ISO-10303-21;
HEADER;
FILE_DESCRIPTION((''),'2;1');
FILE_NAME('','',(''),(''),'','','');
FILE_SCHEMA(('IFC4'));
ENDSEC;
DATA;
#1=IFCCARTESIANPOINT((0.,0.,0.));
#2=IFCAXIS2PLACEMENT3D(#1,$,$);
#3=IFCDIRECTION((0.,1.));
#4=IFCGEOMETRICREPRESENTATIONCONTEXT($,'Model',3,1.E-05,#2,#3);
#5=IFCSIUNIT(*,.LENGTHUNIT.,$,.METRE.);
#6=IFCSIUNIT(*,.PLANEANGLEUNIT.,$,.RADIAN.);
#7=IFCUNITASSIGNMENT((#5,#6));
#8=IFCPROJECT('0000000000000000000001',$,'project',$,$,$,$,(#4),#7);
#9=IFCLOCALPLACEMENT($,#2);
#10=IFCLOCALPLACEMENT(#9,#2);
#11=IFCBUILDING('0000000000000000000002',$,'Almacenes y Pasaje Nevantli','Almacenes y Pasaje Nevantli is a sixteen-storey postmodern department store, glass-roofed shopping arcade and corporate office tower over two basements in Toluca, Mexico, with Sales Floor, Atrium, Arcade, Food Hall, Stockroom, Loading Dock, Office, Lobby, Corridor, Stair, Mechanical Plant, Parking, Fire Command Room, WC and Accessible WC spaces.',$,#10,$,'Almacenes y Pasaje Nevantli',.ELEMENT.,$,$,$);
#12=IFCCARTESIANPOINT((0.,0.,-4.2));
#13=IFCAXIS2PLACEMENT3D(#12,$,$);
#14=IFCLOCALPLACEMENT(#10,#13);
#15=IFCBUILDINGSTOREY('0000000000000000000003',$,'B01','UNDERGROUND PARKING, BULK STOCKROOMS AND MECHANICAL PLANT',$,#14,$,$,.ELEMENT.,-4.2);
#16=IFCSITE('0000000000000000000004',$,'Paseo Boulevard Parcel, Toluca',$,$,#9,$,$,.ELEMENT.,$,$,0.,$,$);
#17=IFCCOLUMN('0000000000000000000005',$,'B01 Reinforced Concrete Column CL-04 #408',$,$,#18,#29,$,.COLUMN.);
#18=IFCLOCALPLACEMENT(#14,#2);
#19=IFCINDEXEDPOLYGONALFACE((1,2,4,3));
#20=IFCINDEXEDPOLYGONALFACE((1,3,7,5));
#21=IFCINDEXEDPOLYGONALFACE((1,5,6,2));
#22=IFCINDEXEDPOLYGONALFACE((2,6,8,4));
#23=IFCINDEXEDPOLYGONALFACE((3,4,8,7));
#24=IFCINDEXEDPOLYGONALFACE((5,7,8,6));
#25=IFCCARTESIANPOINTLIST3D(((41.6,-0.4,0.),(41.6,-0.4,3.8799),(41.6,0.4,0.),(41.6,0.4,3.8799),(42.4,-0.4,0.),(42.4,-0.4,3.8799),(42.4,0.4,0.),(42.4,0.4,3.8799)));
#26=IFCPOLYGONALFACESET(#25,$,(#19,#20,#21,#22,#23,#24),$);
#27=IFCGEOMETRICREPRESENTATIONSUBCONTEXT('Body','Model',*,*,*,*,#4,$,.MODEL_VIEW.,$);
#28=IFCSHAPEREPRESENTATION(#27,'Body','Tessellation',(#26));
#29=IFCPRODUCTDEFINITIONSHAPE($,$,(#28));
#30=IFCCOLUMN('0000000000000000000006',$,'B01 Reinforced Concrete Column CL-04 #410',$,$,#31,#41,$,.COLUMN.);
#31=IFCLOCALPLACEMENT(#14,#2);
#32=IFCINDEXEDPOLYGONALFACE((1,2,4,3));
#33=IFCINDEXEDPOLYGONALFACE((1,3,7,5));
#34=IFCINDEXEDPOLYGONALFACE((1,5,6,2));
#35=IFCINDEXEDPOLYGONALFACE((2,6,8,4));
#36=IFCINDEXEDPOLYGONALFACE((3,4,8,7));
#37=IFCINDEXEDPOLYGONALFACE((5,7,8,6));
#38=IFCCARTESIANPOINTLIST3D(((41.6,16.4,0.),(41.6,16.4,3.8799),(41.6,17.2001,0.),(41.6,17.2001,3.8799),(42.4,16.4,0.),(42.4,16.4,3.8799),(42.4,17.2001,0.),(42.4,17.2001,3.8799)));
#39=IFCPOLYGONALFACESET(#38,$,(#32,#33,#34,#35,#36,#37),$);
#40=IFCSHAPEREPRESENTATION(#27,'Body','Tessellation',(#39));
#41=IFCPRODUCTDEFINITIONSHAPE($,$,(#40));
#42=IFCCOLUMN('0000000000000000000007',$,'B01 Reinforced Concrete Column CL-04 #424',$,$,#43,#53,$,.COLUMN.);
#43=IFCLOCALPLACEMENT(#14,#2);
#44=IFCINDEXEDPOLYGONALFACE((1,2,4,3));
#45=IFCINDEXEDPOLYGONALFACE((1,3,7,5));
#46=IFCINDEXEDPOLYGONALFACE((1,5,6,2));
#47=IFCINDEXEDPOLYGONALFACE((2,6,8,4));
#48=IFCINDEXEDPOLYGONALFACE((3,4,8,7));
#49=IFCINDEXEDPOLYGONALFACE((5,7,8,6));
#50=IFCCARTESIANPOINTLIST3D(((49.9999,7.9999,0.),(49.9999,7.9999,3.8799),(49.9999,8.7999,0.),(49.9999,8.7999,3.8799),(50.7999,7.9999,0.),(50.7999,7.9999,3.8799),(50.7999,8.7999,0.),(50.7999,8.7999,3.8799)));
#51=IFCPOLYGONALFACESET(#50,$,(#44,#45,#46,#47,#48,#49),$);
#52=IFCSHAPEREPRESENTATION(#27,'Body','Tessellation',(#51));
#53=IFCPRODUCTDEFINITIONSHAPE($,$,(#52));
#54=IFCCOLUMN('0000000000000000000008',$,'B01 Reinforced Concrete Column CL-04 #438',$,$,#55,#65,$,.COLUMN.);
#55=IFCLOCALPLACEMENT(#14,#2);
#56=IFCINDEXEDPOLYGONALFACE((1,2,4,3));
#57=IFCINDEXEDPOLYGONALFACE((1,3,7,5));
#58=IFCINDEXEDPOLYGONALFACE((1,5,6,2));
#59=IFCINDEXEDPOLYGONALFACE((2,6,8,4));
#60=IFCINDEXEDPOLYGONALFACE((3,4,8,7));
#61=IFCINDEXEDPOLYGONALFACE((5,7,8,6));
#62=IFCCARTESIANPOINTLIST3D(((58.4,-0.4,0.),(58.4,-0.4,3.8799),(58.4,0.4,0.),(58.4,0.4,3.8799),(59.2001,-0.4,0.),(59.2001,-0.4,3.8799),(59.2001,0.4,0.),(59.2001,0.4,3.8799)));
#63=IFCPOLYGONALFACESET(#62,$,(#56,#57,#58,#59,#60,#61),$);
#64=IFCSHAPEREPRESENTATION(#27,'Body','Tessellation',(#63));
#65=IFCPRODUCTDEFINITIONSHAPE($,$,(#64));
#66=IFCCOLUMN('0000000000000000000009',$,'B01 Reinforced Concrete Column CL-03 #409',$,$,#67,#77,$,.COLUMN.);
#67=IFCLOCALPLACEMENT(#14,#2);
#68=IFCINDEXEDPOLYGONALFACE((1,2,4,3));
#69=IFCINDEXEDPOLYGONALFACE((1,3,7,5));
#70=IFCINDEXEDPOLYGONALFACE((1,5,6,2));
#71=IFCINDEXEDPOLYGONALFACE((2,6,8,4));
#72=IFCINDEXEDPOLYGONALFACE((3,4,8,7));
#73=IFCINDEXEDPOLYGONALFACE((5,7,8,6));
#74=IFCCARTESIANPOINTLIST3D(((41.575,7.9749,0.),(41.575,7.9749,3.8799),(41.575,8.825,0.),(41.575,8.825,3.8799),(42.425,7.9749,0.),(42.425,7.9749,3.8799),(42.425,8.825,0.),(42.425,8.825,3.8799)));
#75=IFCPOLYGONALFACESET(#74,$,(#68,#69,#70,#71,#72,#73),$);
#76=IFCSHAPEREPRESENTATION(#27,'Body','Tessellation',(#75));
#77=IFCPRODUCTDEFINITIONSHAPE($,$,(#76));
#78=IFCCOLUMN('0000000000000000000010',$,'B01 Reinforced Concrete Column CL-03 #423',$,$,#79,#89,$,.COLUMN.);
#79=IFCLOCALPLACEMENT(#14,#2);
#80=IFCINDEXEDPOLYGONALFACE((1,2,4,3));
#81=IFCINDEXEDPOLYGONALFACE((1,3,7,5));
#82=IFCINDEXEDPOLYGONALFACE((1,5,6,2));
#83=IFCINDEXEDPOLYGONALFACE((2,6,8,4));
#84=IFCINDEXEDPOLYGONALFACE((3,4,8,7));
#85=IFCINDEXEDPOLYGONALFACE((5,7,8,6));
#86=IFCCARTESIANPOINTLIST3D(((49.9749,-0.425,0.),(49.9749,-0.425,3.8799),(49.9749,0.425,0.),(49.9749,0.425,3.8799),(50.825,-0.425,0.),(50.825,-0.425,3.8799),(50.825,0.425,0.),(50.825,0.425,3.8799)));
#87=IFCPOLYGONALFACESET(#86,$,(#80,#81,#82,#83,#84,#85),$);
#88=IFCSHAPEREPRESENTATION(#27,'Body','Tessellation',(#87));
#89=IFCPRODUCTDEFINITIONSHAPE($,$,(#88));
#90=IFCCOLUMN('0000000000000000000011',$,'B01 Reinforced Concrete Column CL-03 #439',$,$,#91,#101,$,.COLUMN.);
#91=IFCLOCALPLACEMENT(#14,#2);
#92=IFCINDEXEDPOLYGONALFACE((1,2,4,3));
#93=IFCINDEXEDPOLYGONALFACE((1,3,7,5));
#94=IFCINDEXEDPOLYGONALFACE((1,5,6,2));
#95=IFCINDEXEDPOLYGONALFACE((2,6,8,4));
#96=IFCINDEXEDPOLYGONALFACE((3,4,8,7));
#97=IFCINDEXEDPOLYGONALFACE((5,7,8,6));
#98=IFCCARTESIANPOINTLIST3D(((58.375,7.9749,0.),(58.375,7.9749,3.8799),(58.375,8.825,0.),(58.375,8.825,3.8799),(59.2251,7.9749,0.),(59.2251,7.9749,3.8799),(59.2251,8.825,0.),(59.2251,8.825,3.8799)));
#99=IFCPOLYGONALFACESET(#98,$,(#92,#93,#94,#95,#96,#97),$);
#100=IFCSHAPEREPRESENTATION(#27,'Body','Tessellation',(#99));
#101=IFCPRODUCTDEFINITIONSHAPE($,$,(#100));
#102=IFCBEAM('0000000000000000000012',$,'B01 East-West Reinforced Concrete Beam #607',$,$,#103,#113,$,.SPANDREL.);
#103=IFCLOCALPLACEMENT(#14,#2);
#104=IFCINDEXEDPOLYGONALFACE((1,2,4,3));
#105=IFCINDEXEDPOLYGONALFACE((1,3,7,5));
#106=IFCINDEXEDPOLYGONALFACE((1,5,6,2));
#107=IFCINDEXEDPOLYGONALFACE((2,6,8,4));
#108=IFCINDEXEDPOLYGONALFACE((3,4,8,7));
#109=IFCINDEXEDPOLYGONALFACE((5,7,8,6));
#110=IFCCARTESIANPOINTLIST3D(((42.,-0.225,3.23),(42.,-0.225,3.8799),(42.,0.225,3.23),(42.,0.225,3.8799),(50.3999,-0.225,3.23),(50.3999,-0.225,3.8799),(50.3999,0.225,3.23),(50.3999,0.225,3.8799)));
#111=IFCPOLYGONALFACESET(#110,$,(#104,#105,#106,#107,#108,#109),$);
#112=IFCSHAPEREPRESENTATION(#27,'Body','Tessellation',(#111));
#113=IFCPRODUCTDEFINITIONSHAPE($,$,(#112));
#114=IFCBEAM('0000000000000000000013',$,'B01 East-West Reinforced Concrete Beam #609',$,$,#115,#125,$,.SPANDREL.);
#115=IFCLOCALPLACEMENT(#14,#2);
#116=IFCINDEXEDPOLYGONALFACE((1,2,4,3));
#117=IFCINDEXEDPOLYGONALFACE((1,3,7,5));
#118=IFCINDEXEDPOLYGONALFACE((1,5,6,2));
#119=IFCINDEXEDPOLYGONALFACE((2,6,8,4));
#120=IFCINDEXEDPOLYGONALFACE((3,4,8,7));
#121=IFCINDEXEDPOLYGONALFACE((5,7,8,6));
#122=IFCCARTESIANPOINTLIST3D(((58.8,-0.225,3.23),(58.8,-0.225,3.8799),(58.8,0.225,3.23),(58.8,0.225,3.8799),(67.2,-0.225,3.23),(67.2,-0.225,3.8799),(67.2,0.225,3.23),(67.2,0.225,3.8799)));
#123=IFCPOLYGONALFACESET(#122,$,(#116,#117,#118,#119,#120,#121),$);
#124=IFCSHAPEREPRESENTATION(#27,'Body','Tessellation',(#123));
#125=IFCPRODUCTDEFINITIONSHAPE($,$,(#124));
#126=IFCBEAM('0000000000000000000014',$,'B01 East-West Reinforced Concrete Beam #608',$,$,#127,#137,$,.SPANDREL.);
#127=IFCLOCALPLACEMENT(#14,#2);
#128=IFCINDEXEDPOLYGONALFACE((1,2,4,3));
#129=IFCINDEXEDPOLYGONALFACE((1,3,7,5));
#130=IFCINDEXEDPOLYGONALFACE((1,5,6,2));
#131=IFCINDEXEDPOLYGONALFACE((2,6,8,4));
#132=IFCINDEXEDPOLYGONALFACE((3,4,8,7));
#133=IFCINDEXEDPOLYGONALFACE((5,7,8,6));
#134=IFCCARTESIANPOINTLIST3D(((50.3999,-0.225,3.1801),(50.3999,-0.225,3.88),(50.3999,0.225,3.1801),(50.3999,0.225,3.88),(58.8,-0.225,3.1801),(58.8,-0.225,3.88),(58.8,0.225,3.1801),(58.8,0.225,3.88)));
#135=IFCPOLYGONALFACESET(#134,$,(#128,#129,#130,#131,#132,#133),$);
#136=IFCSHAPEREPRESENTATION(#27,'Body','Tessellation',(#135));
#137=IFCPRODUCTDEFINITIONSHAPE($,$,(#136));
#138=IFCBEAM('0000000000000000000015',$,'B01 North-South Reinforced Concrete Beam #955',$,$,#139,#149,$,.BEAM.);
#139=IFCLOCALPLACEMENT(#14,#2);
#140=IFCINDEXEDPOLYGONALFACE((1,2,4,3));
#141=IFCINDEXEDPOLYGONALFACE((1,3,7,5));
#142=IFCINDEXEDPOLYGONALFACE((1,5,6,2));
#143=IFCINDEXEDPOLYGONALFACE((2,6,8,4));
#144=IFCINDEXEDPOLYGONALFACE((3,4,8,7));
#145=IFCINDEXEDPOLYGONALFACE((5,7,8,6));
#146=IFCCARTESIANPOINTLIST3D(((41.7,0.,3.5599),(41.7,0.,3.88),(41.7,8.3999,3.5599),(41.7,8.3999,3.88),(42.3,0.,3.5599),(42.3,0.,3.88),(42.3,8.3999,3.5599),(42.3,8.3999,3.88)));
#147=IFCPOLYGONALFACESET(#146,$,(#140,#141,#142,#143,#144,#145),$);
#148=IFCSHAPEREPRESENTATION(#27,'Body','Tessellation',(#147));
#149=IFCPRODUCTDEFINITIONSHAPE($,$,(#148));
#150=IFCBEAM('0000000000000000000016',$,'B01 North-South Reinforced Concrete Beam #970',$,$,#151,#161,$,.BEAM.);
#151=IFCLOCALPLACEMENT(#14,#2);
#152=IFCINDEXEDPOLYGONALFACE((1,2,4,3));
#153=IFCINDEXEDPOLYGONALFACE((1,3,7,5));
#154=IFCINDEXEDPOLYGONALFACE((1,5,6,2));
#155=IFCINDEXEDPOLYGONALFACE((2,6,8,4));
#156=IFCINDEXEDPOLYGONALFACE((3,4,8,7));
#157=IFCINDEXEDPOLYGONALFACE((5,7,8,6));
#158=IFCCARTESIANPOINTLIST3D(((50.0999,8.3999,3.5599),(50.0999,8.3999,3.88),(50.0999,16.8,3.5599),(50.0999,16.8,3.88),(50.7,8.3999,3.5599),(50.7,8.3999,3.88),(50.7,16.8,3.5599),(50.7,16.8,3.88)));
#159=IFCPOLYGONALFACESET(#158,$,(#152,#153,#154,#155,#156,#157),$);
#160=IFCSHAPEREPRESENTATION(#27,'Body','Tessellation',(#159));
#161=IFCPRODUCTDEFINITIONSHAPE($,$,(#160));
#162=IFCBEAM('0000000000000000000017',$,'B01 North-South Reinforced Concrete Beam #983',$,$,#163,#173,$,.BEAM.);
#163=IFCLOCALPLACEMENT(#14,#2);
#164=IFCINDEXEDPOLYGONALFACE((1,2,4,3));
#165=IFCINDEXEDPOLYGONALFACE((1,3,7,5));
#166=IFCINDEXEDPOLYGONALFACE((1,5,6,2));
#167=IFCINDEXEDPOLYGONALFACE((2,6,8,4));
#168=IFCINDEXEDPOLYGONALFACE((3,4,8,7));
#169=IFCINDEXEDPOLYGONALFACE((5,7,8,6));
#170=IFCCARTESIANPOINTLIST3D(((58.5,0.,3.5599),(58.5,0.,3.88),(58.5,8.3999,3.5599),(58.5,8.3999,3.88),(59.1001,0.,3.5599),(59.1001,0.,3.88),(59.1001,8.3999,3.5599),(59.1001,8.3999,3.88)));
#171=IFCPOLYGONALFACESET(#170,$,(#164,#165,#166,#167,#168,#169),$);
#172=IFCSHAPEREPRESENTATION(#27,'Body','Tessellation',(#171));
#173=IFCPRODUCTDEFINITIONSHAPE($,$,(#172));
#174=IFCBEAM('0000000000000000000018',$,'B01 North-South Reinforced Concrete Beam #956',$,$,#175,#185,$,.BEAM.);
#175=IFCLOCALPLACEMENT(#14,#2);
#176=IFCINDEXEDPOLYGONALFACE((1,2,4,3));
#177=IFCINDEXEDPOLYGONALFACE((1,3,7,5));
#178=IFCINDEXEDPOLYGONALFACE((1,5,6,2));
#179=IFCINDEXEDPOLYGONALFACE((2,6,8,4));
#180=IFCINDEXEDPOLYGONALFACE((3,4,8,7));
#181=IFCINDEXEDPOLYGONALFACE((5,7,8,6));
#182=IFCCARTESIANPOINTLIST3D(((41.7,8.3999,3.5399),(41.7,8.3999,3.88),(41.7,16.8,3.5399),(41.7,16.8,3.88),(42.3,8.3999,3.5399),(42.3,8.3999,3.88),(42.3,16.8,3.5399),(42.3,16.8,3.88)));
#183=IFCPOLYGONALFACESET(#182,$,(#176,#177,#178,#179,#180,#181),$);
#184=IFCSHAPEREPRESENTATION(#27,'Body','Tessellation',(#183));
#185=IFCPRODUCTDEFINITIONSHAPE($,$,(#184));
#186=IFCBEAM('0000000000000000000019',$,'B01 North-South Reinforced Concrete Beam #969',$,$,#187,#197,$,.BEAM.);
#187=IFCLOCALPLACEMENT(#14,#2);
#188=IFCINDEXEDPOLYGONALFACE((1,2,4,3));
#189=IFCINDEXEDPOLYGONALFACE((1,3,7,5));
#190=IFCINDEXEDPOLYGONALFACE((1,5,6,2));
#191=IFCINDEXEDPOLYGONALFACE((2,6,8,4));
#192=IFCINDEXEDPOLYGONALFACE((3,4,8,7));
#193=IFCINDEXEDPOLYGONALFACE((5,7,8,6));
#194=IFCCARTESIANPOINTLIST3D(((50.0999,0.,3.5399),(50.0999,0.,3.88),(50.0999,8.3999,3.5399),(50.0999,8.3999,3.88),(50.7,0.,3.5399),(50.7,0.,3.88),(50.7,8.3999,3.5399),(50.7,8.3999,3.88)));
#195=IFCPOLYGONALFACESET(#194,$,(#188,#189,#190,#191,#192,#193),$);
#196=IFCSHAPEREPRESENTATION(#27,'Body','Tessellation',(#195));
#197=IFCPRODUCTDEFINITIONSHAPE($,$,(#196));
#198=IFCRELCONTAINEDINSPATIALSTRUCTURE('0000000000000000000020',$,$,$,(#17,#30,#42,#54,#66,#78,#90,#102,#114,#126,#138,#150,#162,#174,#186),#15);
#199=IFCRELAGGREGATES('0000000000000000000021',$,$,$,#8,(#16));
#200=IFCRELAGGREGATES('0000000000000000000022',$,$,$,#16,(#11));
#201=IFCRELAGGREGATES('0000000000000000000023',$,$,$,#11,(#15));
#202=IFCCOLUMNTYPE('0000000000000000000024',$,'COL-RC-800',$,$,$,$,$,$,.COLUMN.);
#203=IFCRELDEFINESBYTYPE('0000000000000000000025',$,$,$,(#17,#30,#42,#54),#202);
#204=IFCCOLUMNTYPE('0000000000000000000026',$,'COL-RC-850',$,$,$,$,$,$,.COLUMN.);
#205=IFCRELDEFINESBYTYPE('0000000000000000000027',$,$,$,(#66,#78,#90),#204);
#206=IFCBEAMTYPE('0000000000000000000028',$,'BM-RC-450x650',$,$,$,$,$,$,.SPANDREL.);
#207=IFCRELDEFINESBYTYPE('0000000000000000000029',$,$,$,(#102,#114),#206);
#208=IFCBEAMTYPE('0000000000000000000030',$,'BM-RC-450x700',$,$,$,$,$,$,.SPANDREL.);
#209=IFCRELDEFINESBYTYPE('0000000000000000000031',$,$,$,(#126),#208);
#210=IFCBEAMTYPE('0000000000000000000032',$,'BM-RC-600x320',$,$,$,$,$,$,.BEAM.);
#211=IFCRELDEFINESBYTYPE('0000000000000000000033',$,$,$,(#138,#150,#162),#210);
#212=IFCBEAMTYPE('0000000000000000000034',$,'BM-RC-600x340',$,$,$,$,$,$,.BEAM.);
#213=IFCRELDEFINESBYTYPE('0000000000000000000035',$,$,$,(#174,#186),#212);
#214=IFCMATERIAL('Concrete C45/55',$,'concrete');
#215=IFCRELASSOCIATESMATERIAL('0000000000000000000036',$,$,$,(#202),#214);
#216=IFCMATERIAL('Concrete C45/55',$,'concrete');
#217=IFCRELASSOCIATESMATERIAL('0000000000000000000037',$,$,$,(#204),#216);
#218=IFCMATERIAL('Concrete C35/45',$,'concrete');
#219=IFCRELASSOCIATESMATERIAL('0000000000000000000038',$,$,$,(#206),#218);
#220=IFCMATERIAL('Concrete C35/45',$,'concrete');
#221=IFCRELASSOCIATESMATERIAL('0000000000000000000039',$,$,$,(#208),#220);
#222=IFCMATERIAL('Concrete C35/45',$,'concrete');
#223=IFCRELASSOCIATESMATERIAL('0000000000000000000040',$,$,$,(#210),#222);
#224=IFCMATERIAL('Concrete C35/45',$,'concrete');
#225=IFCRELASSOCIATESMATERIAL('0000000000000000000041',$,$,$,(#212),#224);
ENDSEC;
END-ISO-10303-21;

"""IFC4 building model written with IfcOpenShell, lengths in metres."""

from ifc_helpers import new_model, si_unit, direction, frame, origin, origin_2d, place, context, subcontext, project, spatial, rectangle, extrude, material, material_profile, profile_set, type_object, element, save


model = new_model("IFC4")

# Units and contexts
model_context = context("Model", 3, precision=1e-05, world=origin(), true_north=direction((0.0, 1.0)))
body_context = subcontext(model_context, "Body", "Model", "MODEL_VIEW")
ifc_project = project(units=[si_unit("LENGTHUNIT", "METRE"), si_unit("PLANEANGLEUNIT", "RADIAN")], contexts=[model_context])

# Site, building, storey
site_placement = place(None, origin())
site = spatial("IfcSite", under=ifc_project, at=site_placement, Name="Paseo Boulevard Parcel, Toluca", CompositionType="ELEMENT", RefElevation=0.0)
building_placement = place(site_placement, origin())
building = spatial("IfcBuilding", under=site, at=building_placement, Name="Almacenes y Pasaje Nevantli", Description="Almacenes y Pasaje Nevantli is a sixteen-storey postmodern department store, glass-roofed shopping arcade and corporate office tower over two basements in Toluca, Mexico, with Sales Floor, Atrium, Arcade, Food Hall, Stockroom, Loading Dock, Office, Lobby, Corridor, Stair, Mechanical Plant, Parking, Fire Command Room, WC and Accessible WC spaces.", LongName="Almacenes y Pasaje Nevantli", CompositionType="ELEMENT")
storey_placement = place(building_placement, frame((0.0, 0.0, -4.2)))
storey = spatial("IfcBuildingStorey", under=building, at=storey_placement, Name="B01", Description="UNDERGROUND PARKING, BULK STOCKROOMS AND MECHANICAL PLANT", CompositionType="ELEMENT", Elevation=-4.2)

# Columns
ifc_material_1 = material(Name="Concrete C45/55", Category="concrete")
ifc_material_profile_1 = material_profile(ifc_material_1, rectangle(XDim=0.8, YDim=0.8, at=origin_2d()), Name="RC-COL-800x800")
ifc_profile_set_1 = profile_set([ifc_material_profile_1], Name="Concrete C45/55")
column_type_1 = type_object("IfcColumnType", Name="COL-RC-800", PredefinedType="COLUMN", material=ifc_profile_set_1)
for number, where, z_axis, x_axis, name in (
    (1, (42.0, 0.0, 0.0), (0.0, 0.0, 1.0), (1.0, 0.0, 0.0), "B01 Reinforced Concrete Column CL-04 #408"),
    (2, (42.0, 16.8, 0.0), (0.0, 0.0, 1.0), (1.0, 0.0, 0.0), "B01 Reinforced Concrete Column CL-04 #410"),
    (3, (50.3999, 8.3999, 0.0), (0.0, 0.0, 1.0), (1.0, 0.0, 0.0), "B01 Reinforced Concrete Column CL-04 #424"),
    (4, (58.8, 0.0, 0.0), (0.0, 0.0, 1.0), (1.0, 0.0, 0.0), "B01 Reinforced Concrete Column CL-04 #438"),
):
    element("IfcColumn", number, at=place(storey_placement, frame(where, z_axis=z_axis, x_axis=x_axis)), inside=storey, type_object=column_type_1, Name=name, PredefinedType="COLUMN", context=body_context, shape_type="SweptSolid", body=[
        extrude(rectangle(XDim=0.8, YDim=0.8, at=origin_2d()), origin(), (0.0, 0.0, 1.0), 3.8799),
    ])
ifc_material_2 = material(Name="Concrete C45/55", Category="concrete")
ifc_material_profile_2 = material_profile(ifc_material_2, rectangle(XDim=0.8501, YDim=0.8501, at=origin_2d()), Name="RC-COL-850x850")
ifc_profile_set_2 = profile_set([ifc_material_profile_2], Name="Concrete C45/55")
column_type_2 = type_object("IfcColumnType", Name="COL-RC-850", PredefinedType="COLUMN", material=ifc_profile_set_2)
for number, where, z_axis, x_axis, name in (
    (5, (42.0, 8.3999, 0.0), (0.0, 0.0, 1.0), (1.0, 0.0, 0.0), "B01 Reinforced Concrete Column CL-03 #409"),
    (6, (50.3999, 0.0, 0.0), (0.0, 0.0, 1.0), (1.0, 0.0, 0.0), "B01 Reinforced Concrete Column CL-03 #423"),
    (7, (58.8, 8.3999, 0.0), (0.0, 0.0, 1.0), (1.0, 0.0, 0.0), "B01 Reinforced Concrete Column CL-03 #439"),
):
    element("IfcColumn", number, at=place(storey_placement, frame(where, z_axis=z_axis, x_axis=x_axis)), inside=storey, type_object=column_type_2, Name=name, PredefinedType="COLUMN", context=body_context, shape_type="SweptSolid", body=[
        extrude(rectangle(XDim=0.8501, YDim=0.8501, at=origin_2d()), origin(), (0.0, 0.0, 1.0), 3.8799),
    ])

# Beams
ifc_material_3 = material(Name="Concrete C35/45", Category="concrete")
ifc_material_profile_3 = material_profile(ifc_material_3, rectangle(XDim=0.45, YDim=0.6499, at=origin_2d()), Name="RC-BM-450x650")
ifc_profile_set_3 = profile_set([ifc_material_profile_3], Name="Concrete C35/45")
beam_type_1 = type_object("IfcBeamType", Name="BM-RC-450x650", PredefinedType="SPANDREL", material=ifc_profile_set_3)
for number, where, z_axis, x_axis, name in (
    (8, (42.0, 0.0, 3.5549), (1.0, 0.0, 0.0), (0.0, 1.0, 0.0), "B01 East-West Reinforced Concrete Beam #607"),
    (9, (58.8, 0.0, 3.5549), (1.0, 0.0, 0.0), (0.0, 1.0, 0.0), "B01 East-West Reinforced Concrete Beam #609"),
):
    element("IfcBeam", number, at=place(storey_placement, frame(where, z_axis=z_axis, x_axis=x_axis)), inside=storey, type_object=beam_type_1, Name=name, PredefinedType="SPANDREL", context=body_context, shape_type="SweptSolid", body=[
        extrude(rectangle(XDim=0.45, YDim=0.6499, at=origin_2d()), origin(), (0.0, 0.0, 1.0), 8.3999),
    ])
ifc_material_4 = material(Name="Concrete C35/45", Category="concrete")
ifc_material_profile_4 = material_profile(ifc_material_4, rectangle(XDim=0.45, YDim=0.7, at=origin_2d()), Name="RC-BM-450x700")
ifc_profile_set_4 = profile_set([ifc_material_profile_4], Name="Concrete C35/45")
beam_type_2 = type_object("IfcBeamType", Name="BM-RC-450x700", PredefinedType="SPANDREL", material=ifc_profile_set_4)
beam_1_placement = place(storey_placement, frame((50.3999, 0.0, 3.53), z_axis=(1.0, 0.0, 0.0), x_axis=(0.0, 1.0, 0.0)))
element("IfcBeam", 10, at=beam_1_placement, inside=storey, type_object=beam_type_2, Name="B01 East-West Reinforced Concrete Beam #608", PredefinedType="SPANDREL", context=body_context, shape_type="SweptSolid", body=[
    extrude(rectangle(XDim=0.45, YDim=0.7, at=origin_2d()), origin(), (0.0, 0.0, 1.0), 8.4001),
])
ifc_material_5 = material(Name="Concrete C35/45", Category="concrete")
ifc_material_profile_5 = material_profile(ifc_material_5, rectangle(XDim=0.6001, YDim=0.3201, at=origin_2d()), Name="RC-BM-600x320")
ifc_profile_set_5 = profile_set([ifc_material_profile_5], Name="Concrete C35/45")
beam_type_3 = type_object("IfcBeamType", Name="BM-RC-600x320", PredefinedType="BEAM", material=ifc_profile_set_5)
beam_2_placement = place(storey_placement, frame((42.0, 0.0, 3.72), z_axis=(0.0, 1.0, 0.0), x_axis=(-1.0, 0.0, 0.0)))
element("IfcBeam", 11, at=beam_2_placement, inside=storey, type_object=beam_type_3, Name="B01 North-South Reinforced Concrete Beam #955", PredefinedType="BEAM", context=body_context, shape_type="SweptSolid", body=[
    extrude(rectangle(XDim=0.6001, YDim=0.3201, at=origin_2d()), origin(), (0.0, 0.0, 1.0), 8.3999),
])
beam_3_placement = place(storey_placement, frame((50.3999, 8.3999, 3.72), z_axis=(0.0, 1.0, 0.0), x_axis=(-1.0, 0.0, 0.0)))
element("IfcBeam", 12, at=beam_3_placement, inside=storey, type_object=beam_type_3, Name="B01 North-South Reinforced Concrete Beam #970", PredefinedType="BEAM", context=body_context, shape_type="SweptSolid", body=[
    extrude(rectangle(XDim=0.6001, YDim=0.3201, at=origin_2d()), origin(), (0.0, 0.0, 1.0), 8.4001),
])
beam_4_placement = place(storey_placement, frame((58.8, 0.0, 3.72), z_axis=(0.0, 1.0, 0.0), x_axis=(-1.0, 0.0, 0.0)))
element("IfcBeam", 13, at=beam_4_placement, inside=storey, type_object=beam_type_3, Name="B01 North-South Reinforced Concrete Beam #983", PredefinedType="BEAM", context=body_context, shape_type="SweptSolid", body=[
    extrude(rectangle(XDim=0.6001, YDim=0.3201, at=origin_2d()), origin(), (0.0, 0.0, 1.0), 8.3999),
])
ifc_material_6 = material(Name="Concrete C35/45", Category="concrete")
ifc_material_profile_6 = material_profile(ifc_material_6, rectangle(XDim=0.6001, YDim=0.3401, at=origin_2d()), Name="RC-BM-600x340")
ifc_profile_set_6 = profile_set([ifc_material_profile_6], Name="Concrete C35/45")
beam_type_4 = type_object("IfcBeamType", Name="BM-RC-600x340", PredefinedType="BEAM", material=ifc_profile_set_6)
beam_5_placement = place(storey_placement, frame((42.0, 8.3999, 3.71), z_axis=(0.0, 1.0, 0.0), x_axis=(-1.0, 0.0, 0.0)))
element("IfcBeam", 14, at=beam_5_placement, inside=storey, type_object=beam_type_4, Name="B01 North-South Reinforced Concrete Beam #956", PredefinedType="BEAM", context=body_context, shape_type="SweptSolid", body=[
    extrude(rectangle(XDim=0.6001, YDim=0.3401, at=origin_2d()), origin(), (0.0, 0.0, 1.0), 8.4001),
])
beam_6_placement = place(storey_placement, frame((50.3999, 0.0, 3.71), z_axis=(0.0, 1.0, 0.0), x_axis=(-1.0, 0.0, 0.0)))
element("IfcBeam", 15, at=beam_6_placement, inside=storey, type_object=beam_type_4, Name="B01 North-South Reinforced Concrete Beam #969", PredefinedType="BEAM", context=body_context, shape_type="SweptSolid", body=[
    extrude(rectangle(XDim=0.6001, YDim=0.3401, at=origin_2d()), origin(), (0.0, 0.0, 1.0), 8.3999),
])

save(model, "model.ifc")
